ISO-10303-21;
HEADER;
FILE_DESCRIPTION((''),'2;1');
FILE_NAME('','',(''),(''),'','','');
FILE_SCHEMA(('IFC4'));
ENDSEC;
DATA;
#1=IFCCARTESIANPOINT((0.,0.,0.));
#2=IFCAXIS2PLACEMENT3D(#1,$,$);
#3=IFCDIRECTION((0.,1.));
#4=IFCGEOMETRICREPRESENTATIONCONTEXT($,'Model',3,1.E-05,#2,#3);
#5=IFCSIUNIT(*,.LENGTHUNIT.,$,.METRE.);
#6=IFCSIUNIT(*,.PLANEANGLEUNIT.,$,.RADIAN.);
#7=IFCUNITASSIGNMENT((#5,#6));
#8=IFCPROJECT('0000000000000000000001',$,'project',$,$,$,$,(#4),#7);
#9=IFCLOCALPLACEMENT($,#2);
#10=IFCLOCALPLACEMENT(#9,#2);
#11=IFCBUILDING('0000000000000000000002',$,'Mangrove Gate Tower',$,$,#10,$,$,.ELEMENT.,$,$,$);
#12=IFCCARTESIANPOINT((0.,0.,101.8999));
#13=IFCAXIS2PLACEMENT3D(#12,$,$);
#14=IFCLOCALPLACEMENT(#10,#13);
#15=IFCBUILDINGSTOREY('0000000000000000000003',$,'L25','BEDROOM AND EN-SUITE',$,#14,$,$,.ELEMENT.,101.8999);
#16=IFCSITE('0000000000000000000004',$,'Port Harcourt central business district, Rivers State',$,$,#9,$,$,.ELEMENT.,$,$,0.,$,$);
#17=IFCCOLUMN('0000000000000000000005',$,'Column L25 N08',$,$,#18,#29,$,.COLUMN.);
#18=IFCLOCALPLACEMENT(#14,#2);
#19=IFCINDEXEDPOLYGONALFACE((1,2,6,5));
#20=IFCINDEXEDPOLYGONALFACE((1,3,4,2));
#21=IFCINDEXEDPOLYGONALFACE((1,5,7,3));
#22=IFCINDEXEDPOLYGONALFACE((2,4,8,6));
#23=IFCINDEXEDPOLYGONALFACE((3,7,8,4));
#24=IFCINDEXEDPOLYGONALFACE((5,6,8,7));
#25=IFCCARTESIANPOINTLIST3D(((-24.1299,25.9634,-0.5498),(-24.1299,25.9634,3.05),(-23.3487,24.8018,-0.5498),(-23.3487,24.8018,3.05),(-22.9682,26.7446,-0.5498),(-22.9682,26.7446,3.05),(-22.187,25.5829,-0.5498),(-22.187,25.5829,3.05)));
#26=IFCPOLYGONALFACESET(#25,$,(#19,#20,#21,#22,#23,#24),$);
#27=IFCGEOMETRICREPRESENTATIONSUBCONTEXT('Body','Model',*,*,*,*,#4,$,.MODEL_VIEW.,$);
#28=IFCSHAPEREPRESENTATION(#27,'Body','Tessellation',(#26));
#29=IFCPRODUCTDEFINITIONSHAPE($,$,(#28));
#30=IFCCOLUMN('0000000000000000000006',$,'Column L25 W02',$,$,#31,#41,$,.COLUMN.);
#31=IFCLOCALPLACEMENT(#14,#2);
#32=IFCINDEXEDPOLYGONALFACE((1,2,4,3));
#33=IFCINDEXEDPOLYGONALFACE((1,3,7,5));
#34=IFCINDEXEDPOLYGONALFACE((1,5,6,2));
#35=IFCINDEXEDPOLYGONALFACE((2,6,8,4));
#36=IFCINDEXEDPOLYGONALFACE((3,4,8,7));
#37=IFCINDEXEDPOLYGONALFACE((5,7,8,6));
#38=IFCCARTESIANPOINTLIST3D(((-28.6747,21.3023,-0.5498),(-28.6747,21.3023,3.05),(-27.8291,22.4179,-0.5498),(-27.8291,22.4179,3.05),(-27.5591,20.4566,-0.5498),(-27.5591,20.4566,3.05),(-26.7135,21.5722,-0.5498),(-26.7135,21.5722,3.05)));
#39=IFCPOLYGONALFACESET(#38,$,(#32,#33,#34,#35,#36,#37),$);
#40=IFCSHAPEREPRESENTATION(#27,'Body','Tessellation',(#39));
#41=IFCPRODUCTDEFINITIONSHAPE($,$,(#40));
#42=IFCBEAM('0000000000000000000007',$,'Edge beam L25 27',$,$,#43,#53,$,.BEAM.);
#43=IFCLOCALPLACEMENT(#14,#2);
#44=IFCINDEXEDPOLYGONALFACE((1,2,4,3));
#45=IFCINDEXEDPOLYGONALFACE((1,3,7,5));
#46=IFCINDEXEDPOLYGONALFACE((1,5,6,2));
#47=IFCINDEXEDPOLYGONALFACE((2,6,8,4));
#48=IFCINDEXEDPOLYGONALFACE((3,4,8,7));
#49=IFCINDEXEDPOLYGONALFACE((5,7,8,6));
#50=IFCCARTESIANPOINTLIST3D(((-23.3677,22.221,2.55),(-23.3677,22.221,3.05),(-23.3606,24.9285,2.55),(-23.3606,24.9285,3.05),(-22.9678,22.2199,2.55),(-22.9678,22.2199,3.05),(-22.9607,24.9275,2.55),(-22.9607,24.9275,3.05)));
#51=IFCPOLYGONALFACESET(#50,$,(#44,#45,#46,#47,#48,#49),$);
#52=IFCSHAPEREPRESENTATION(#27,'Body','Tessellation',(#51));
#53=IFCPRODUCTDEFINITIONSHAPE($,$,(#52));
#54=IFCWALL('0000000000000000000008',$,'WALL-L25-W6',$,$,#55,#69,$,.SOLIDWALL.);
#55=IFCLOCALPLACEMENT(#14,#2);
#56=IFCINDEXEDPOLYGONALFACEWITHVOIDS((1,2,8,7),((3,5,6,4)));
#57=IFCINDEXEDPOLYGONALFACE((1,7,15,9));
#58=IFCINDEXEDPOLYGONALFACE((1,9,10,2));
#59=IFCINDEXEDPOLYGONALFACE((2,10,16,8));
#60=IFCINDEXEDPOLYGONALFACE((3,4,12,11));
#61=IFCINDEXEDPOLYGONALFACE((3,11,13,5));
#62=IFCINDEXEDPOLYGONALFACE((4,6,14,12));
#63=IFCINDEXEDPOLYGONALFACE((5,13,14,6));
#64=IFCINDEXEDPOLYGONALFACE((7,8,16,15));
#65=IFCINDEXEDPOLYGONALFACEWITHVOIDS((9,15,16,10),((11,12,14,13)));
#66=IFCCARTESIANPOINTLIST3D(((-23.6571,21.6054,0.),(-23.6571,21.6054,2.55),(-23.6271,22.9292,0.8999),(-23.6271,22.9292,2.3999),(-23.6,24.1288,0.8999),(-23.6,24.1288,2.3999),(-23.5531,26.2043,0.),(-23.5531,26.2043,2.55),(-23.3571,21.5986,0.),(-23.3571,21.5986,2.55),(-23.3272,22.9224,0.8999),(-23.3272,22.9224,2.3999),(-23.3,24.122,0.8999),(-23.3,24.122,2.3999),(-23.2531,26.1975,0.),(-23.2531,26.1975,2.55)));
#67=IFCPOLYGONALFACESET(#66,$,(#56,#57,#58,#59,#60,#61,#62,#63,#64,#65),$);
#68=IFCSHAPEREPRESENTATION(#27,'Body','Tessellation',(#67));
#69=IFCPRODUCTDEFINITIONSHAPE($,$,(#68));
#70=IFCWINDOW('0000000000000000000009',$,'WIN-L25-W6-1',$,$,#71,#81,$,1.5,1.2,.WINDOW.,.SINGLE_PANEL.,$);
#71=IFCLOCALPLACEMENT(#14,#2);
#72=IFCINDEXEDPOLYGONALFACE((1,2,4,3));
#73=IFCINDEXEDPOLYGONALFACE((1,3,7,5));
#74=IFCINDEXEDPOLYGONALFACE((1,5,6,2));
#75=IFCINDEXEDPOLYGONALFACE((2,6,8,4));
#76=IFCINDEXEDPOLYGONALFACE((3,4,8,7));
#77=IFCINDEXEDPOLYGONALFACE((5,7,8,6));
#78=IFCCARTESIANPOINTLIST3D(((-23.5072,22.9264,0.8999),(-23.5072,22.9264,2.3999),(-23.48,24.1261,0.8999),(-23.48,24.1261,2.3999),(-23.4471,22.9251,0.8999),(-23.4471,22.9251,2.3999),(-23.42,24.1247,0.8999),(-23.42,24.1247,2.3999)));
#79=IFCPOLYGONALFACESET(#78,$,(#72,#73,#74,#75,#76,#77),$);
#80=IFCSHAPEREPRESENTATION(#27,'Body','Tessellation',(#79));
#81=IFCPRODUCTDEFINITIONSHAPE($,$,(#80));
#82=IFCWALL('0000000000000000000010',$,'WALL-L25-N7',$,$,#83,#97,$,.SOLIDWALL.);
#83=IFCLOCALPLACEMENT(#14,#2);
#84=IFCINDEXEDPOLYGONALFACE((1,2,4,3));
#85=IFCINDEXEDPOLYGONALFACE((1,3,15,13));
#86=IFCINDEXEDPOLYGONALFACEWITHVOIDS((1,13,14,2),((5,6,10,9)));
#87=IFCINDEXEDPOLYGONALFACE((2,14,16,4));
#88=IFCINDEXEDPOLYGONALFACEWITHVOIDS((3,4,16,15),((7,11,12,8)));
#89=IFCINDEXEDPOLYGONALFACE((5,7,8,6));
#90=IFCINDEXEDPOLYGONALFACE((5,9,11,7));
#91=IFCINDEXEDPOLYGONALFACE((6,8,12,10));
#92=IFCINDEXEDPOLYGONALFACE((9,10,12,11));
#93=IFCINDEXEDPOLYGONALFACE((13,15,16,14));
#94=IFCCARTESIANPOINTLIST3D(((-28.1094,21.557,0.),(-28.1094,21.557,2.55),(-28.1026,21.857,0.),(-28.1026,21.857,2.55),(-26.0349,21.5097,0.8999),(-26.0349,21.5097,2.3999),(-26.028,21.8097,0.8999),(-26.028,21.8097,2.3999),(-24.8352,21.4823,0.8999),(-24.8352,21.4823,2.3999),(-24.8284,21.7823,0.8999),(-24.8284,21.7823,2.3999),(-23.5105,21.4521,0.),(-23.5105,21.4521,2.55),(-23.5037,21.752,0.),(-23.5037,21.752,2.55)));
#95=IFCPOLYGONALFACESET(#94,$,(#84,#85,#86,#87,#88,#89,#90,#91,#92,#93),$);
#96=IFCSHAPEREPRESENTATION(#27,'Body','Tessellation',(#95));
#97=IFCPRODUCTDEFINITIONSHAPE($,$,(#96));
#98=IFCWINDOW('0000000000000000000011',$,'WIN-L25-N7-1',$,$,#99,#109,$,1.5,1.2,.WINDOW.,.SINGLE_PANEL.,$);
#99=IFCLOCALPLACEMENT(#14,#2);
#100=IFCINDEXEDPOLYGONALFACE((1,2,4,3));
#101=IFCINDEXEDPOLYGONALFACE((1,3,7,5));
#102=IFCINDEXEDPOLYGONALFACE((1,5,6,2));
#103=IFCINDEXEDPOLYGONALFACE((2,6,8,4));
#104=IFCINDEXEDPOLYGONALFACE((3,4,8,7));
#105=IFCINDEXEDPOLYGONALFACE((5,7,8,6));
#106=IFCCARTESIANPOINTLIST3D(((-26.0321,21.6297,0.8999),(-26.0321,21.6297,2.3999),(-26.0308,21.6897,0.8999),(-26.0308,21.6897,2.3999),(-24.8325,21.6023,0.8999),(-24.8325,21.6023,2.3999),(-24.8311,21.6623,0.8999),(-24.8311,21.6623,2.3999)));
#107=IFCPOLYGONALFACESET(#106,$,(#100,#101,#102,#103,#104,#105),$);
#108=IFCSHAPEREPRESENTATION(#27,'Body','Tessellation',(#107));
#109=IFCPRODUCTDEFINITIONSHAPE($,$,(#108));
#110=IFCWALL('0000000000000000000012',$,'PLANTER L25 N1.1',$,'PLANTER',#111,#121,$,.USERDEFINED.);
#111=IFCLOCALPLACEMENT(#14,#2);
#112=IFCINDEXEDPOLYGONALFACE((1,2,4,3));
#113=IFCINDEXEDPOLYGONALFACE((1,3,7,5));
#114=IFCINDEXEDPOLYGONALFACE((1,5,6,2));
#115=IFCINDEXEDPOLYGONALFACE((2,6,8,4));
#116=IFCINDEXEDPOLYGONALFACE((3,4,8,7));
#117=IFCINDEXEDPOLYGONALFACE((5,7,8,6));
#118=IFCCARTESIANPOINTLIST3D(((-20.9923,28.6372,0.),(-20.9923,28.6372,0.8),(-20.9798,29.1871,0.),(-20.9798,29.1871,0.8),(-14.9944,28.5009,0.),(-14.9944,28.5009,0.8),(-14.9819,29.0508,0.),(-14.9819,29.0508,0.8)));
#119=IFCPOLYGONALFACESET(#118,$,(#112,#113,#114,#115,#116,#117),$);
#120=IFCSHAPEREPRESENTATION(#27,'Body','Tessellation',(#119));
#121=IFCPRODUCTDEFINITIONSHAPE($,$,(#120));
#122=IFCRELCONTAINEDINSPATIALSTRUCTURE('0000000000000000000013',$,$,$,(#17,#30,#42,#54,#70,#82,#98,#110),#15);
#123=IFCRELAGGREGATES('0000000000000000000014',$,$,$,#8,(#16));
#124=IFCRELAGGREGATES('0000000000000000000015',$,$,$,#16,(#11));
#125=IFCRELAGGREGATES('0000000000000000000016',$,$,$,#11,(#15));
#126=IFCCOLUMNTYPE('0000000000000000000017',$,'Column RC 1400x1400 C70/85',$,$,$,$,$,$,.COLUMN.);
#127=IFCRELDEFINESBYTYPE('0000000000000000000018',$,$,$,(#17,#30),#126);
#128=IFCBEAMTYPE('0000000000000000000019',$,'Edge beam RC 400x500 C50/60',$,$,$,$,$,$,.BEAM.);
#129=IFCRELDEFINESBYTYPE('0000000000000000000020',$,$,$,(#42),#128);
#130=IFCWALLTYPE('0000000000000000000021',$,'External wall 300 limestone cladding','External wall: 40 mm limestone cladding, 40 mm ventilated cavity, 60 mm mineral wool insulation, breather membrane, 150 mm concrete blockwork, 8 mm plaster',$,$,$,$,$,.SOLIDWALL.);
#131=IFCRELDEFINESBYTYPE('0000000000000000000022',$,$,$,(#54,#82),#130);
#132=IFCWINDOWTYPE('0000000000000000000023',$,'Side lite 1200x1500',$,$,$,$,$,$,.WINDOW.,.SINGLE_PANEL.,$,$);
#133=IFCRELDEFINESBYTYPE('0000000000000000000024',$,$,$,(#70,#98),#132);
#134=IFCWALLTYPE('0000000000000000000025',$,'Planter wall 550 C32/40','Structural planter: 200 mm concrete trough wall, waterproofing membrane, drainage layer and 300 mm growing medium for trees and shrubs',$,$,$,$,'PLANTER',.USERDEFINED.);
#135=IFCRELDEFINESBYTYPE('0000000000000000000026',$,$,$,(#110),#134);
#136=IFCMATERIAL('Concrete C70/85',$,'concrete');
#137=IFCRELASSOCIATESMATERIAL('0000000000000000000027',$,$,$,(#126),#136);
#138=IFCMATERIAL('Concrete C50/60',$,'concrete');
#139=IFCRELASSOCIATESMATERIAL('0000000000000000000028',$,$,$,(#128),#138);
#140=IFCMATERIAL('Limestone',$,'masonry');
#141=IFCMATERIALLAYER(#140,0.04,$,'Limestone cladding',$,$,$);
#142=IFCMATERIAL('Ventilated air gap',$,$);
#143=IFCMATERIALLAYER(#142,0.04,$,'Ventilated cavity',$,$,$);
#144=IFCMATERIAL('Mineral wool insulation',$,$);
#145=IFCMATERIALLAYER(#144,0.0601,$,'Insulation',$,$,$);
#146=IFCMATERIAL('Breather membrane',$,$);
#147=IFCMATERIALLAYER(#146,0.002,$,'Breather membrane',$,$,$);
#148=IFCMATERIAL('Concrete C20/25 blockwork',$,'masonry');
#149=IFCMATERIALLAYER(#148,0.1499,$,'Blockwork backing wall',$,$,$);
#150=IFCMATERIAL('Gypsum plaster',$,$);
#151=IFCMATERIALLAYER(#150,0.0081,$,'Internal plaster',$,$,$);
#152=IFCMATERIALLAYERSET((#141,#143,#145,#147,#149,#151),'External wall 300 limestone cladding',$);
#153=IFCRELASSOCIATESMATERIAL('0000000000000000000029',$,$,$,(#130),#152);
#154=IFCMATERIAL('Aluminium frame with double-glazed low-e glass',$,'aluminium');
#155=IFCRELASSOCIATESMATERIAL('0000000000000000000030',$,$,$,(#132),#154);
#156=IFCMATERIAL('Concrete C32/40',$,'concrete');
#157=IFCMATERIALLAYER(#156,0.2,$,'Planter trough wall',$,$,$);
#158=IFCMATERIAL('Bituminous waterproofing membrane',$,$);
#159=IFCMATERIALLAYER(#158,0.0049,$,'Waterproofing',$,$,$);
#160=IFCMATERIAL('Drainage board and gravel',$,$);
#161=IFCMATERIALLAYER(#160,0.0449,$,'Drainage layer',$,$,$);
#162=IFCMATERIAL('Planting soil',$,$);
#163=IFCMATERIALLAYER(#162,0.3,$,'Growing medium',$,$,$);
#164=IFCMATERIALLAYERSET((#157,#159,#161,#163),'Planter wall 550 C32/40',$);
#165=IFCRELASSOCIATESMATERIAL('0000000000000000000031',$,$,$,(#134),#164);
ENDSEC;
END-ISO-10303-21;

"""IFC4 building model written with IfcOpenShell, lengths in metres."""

from ifc_helpers import new_model, si_unit, direction, frame, frame_2d, origin, origin_2d, place, context, subcontext, project, spatial, rectangle, extrude, material, layer, layer_set, material_profile, profile_set, type_object, element, fill, save


model = new_model("IFC4")

# Units and contexts
model_context = context("Model", 3, precision=1e-05, world=origin(), true_north=direction((0.0, 1.0)))
body_context = subcontext(model_context, "Body", "Model", "MODEL_VIEW")
ifc_project = project(units=[si_unit("LENGTHUNIT", "METRE"), si_unit("PLANEANGLEUNIT", "RADIAN")], contexts=[model_context])

# Site, building, storey
site_placement = place(None, origin())
site = spatial("IfcSite", under=ifc_project, at=site_placement, Name="Port Harcourt central business district, Rivers State", CompositionType="ELEMENT", RefElevation=0.0)
building_placement = place(site_placement, origin())
building = spatial("IfcBuilding", under=site, at=building_placement, Name="Mangrove Gate Tower", CompositionType="ELEMENT")
storey_placement = place(building_placement, frame((0.0, 0.0, 101.8999)))
storey = spatial("IfcBuildingStorey", under=building, at=storey_placement, Name="L25", Description="BEDROOM AND EN-SUITE", CompositionType="ELEMENT", Elevation=101.8999)

# Columns
ifc_material_1 = material(Name="Concrete C70/85", Category="concrete")
ifc_material_profile_1 = material_profile(ifc_material_1, rectangle(XDim=1.3999, YDim=1.3999, at=origin_2d()))
ifc_profile_set_1 = profile_set([ifc_material_profile_1], Name="Concrete C70/85")
column_type = type_object("IfcColumnType", Name="Column RC 1400x1400 C70/85", PredefinedType="COLUMN", material=ifc_profile_set_1)
for number, where, z_axis, x_axis, name in (
    (1, (-23.1584, 25.7732, -0.5498), (0.0, 0.0, 1.0), (-0.829826, -0.558023, 0.0), "Column L25 N08"),
    (2, (-27.6941, 21.4373, -0.5498), (0.0, 0.0, 1.0), (-0.604088, -0.796917, 0.0), "Column L25 W02"),
):
    element("IfcColumn", number, at=place(storey_placement, frame(where, z_axis=z_axis, x_axis=x_axis)), inside=storey, type_object=column_type, Name=name, PredefinedType="COLUMN", context=body_context, shape_type="SweptSolid", body=[
        extrude(rectangle(XDim=1.3999, YDim=1.3999, at=origin_2d()), origin(), (0.0, 0.0, 1.0), 3.5999),
    ])

# Beam
ifc_material_2 = material(Name="Concrete C50/60", Category="concrete")
ifc_material_profile_2 = material_profile(ifc_material_2, rectangle(XDim=0.3999, YDim=0.5, at=origin_2d()))
ifc_profile_set_2 = profile_set([ifc_material_profile_2], Name="Concrete C50/60")
beam_type = type_object("IfcBeamType", Name="Edge beam RC 400x500 C50/60", PredefinedType="BEAM", material=ifc_profile_set_2)
beam_placement = place(storey_placement, frame((-23.1606, 24.928, 2.8), z_axis=(-0.002615, -0.999997, 0.0), x_axis=(0.999997, -0.002615, 0.0)))
element("IfcBeam", 3, at=beam_placement, inside=storey, type_object=beam_type, Name="Edge beam L25 27", PredefinedType="BEAM", context=body_context, shape_type="SweptSolid", body=[
    extrude(rectangle(XDim=0.3999, YDim=0.5, at=origin_2d()), origin(), (0.0, 0.0, 1.0), 2.7075),
])

# Walls, openings, windows
ifc_material_3 = material(Name="Limestone", Category="masonry")
ifc_layer_1 = layer(ifc_material_3, 0.04, Name="Limestone cladding")
ifc_material_4 = material(Name="Ventilated air gap")
ifc_layer_2 = layer(ifc_material_4, 0.04, Name="Ventilated cavity")
ifc_material_5 = material(Name="Mineral wool insulation")
ifc_layer_3 = layer(ifc_material_5, 0.0601, Name="Insulation")
ifc_material_6 = material(Name="Breather membrane")
ifc_layer_4 = layer(ifc_material_6, 0.002, Name="Breather membrane")
ifc_material_7 = material(Name="Concrete C20/25 blockwork", Category="masonry")
ifc_layer_5 = layer(ifc_material_7, 0.1499, Name="Blockwork backing wall")
ifc_material_8 = material(Name="Gypsum plaster")
ifc_layer_6 = layer(ifc_material_8, 0.0081, Name="Internal plaster")
ifc_layer_set_1 = layer_set([ifc_layer_1, ifc_layer_2, ifc_layer_3, ifc_layer_4, ifc_layer_5, ifc_layer_6], Name="External wall 300 limestone cladding")
wall_type_1 = type_object("IfcWallType", Name="External wall 300 limestone cladding", Description="External wall: 40 mm limestone cladding, 40 mm ventilated cavity, 60 mm mineral wool insulation, breather membrane, 150 mm concrete blockwork, 8 mm plaster", PredefinedType="SOLIDWALL", material=ifc_layer_set_1)
wall_1_placement = place(storey_placement, frame((-23.4031, 26.2009, 0.0), z_axis=(0.0, 0.0, 1.0), x_axis=(-0.022609, -0.999744, 0.0)))
wall_1 = element("IfcWall", 4, at=wall_1_placement, inside=storey, type_object=wall_type_1, Name="WALL-L25-W6", PredefinedType="SOLIDWALL", context=body_context, shape_type="SweptSolid", body=[
    extrude(rectangle(XDim=4.6001, YDim=0.3, at=frame_2d((2.3, 0.0))), origin(), (0.0, 0.0, 1.0), 2.55),
])
opening_1_placement = place(wall_1_placement, frame((2.0759, 0.0, 0.8999)))
opening_1 = element("IfcOpeningElement", 5, at=opening_1_placement, cuts=wall_1, PredefinedType="OPENING", context=body_context, shape_type="SweptSolid", body=[
    extrude(rectangle(XDim=1.2, YDim=1.5, at=frame_2d((0.6001, 0.75))), frame((0.0, 0.1599, 0.0), z_axis=(0.0, -1.0, 0.0), x_axis=(1.0, 0.0, 0.0)), (0.0, 0.0, 1.0), 0.3201),
])
ifc_material_9 = material(Name="Aluminium frame with double-glazed low-e glass", Category="aluminium")
window_type_1 = type_object("IfcWindowType", Name="Side lite 1200x1500", PartitioningType="SINGLE_PANEL", PredefinedType="WINDOW", material=ifc_material_9)
window_1_placement = place(opening_1_placement, origin())
window_1 = element("IfcWindow", 6, at=window_1_placement, inside=storey, type_object=window_type_1, Name="WIN-L25-W6-1", OverallHeight=1.5, OverallWidth=1.2, PartitioningType="SINGLE_PANEL", PredefinedType="WINDOW", context=body_context, shape_type="SweptSolid", body=[
    extrude(rectangle(XDim=1.2, YDim=1.5, at=frame_2d((0.6001, 0.75))), frame((0.0, 0.03, 0.0), z_axis=(0.0, -1.0, 0.0), x_axis=(1.0, 0.0, 0.0)), (0.0, 0.0, 1.0), 0.0601),
])
fill(opening_1, window_1)
wall_2_placement = place(storey_placement, frame((-23.5071, 21.6021, 0.0), z_axis=(0.0, 0.0, 1.0), x_axis=(-0.99974, 0.022821, 0.0)))
wall_2 = element("IfcWall", 7, at=wall_2_placement, inside=storey, type_object=wall_type_1, Name="WALL-L25-N7", PredefinedType="SOLIDWALL", context=body_context, shape_type="SweptSolid", body=[
    extrude(rectangle(XDim=4.6001, YDim=0.3, at=frame_2d((2.3, 0.0))), origin(), (0.0, 0.0, 1.0), 2.55),
])
opening_2_placement = place(wall_2_placement, frame((1.325, 0.0, 0.8999)))
opening_2 = element("IfcOpeningElement", 8, at=opening_2_placement, cuts=wall_2, PredefinedType="OPENING", context=body_context, shape_type="SweptSolid", body=[
    extrude(rectangle(XDim=1.2, YDim=1.5, at=frame_2d((0.6001, 0.75))), frame((0.0, 0.1599, 0.0), z_axis=(0.0, -1.0, 0.0), x_axis=(1.0, 0.0, 0.0)), (0.0, 0.0, 1.0), 0.3201),
])
window_2_placement = place(opening_2_placement, origin())
window_2 = element("IfcWindow", 9, at=window_2_placement, inside=storey, type_object=window_type_1, Name="WIN-L25-N7-1", OverallHeight=1.5, OverallWidth=1.2, PartitioningType="SINGLE_PANEL", PredefinedType="WINDOW", context=body_context, shape_type="SweptSolid", body=[
    extrude(rectangle(XDim=1.2, YDim=1.5, at=frame_2d((0.6001, 0.75))), frame((0.0, 0.03, 0.0), z_axis=(0.0, -1.0, 0.0), x_axis=(1.0, 0.0, 0.0)), (0.0, 0.0, 1.0), 0.0601),
])
fill(opening_2, window_2)

# Wall
ifc_material_10 = material(Name="Concrete C32/40", Category="concrete")
ifc_layer_7 = layer(ifc_material_10, 0.2, Name="Planter trough wall")
ifc_material_11 = material(Name="Bituminous waterproofing membrane")
ifc_layer_8 = layer(ifc_material_11, 0.0049, Name="Waterproofing")
ifc_material_12 = material(Name="Drainage board and gravel")
ifc_layer_9 = layer(ifc_material_12, 0.0449, Name="Drainage layer")
ifc_material_13 = material(Name="Planting soil")
ifc_layer_10 = layer(ifc_material_13, 0.3, Name="Growing medium")
ifc_layer_set_2 = layer_set([ifc_layer_7, ifc_layer_8, ifc_layer_9, ifc_layer_10], Name="Planter wall 550 C32/40")
wall_type_2 = type_object("IfcWallType", Name="Planter wall 550 C32/40", Description="Structural planter: 200 mm concrete trough wall, waterproofing membrane, drainage layer and 300 mm growing medium for trees and shrubs", ElementType="PLANTER", PredefinedType="USERDEFINED", material=ifc_layer_set_2)
wall_3_placement = place(storey_placement, frame((-20.9861, 28.9121, 0.0), z_axis=(0.0, 0.0, 1.0), x_axis=(0.999742, -0.022707, 0.0)))
element("IfcWall", 10, at=wall_3_placement, inside=storey, type_object=wall_type_2, Name="PLANTER L25 N1.1", ObjectType="PLANTER", PredefinedType="USERDEFINED", context=body_context, shape_type="SweptSolid", body=[
    extrude(rectangle(XDim=5.9995, YDim=0.55, at=frame_2d((2.9998, 0.0))), origin(), (0.0, 0.0, 1.0), 0.8),
])

save(model, "model.ifc")
